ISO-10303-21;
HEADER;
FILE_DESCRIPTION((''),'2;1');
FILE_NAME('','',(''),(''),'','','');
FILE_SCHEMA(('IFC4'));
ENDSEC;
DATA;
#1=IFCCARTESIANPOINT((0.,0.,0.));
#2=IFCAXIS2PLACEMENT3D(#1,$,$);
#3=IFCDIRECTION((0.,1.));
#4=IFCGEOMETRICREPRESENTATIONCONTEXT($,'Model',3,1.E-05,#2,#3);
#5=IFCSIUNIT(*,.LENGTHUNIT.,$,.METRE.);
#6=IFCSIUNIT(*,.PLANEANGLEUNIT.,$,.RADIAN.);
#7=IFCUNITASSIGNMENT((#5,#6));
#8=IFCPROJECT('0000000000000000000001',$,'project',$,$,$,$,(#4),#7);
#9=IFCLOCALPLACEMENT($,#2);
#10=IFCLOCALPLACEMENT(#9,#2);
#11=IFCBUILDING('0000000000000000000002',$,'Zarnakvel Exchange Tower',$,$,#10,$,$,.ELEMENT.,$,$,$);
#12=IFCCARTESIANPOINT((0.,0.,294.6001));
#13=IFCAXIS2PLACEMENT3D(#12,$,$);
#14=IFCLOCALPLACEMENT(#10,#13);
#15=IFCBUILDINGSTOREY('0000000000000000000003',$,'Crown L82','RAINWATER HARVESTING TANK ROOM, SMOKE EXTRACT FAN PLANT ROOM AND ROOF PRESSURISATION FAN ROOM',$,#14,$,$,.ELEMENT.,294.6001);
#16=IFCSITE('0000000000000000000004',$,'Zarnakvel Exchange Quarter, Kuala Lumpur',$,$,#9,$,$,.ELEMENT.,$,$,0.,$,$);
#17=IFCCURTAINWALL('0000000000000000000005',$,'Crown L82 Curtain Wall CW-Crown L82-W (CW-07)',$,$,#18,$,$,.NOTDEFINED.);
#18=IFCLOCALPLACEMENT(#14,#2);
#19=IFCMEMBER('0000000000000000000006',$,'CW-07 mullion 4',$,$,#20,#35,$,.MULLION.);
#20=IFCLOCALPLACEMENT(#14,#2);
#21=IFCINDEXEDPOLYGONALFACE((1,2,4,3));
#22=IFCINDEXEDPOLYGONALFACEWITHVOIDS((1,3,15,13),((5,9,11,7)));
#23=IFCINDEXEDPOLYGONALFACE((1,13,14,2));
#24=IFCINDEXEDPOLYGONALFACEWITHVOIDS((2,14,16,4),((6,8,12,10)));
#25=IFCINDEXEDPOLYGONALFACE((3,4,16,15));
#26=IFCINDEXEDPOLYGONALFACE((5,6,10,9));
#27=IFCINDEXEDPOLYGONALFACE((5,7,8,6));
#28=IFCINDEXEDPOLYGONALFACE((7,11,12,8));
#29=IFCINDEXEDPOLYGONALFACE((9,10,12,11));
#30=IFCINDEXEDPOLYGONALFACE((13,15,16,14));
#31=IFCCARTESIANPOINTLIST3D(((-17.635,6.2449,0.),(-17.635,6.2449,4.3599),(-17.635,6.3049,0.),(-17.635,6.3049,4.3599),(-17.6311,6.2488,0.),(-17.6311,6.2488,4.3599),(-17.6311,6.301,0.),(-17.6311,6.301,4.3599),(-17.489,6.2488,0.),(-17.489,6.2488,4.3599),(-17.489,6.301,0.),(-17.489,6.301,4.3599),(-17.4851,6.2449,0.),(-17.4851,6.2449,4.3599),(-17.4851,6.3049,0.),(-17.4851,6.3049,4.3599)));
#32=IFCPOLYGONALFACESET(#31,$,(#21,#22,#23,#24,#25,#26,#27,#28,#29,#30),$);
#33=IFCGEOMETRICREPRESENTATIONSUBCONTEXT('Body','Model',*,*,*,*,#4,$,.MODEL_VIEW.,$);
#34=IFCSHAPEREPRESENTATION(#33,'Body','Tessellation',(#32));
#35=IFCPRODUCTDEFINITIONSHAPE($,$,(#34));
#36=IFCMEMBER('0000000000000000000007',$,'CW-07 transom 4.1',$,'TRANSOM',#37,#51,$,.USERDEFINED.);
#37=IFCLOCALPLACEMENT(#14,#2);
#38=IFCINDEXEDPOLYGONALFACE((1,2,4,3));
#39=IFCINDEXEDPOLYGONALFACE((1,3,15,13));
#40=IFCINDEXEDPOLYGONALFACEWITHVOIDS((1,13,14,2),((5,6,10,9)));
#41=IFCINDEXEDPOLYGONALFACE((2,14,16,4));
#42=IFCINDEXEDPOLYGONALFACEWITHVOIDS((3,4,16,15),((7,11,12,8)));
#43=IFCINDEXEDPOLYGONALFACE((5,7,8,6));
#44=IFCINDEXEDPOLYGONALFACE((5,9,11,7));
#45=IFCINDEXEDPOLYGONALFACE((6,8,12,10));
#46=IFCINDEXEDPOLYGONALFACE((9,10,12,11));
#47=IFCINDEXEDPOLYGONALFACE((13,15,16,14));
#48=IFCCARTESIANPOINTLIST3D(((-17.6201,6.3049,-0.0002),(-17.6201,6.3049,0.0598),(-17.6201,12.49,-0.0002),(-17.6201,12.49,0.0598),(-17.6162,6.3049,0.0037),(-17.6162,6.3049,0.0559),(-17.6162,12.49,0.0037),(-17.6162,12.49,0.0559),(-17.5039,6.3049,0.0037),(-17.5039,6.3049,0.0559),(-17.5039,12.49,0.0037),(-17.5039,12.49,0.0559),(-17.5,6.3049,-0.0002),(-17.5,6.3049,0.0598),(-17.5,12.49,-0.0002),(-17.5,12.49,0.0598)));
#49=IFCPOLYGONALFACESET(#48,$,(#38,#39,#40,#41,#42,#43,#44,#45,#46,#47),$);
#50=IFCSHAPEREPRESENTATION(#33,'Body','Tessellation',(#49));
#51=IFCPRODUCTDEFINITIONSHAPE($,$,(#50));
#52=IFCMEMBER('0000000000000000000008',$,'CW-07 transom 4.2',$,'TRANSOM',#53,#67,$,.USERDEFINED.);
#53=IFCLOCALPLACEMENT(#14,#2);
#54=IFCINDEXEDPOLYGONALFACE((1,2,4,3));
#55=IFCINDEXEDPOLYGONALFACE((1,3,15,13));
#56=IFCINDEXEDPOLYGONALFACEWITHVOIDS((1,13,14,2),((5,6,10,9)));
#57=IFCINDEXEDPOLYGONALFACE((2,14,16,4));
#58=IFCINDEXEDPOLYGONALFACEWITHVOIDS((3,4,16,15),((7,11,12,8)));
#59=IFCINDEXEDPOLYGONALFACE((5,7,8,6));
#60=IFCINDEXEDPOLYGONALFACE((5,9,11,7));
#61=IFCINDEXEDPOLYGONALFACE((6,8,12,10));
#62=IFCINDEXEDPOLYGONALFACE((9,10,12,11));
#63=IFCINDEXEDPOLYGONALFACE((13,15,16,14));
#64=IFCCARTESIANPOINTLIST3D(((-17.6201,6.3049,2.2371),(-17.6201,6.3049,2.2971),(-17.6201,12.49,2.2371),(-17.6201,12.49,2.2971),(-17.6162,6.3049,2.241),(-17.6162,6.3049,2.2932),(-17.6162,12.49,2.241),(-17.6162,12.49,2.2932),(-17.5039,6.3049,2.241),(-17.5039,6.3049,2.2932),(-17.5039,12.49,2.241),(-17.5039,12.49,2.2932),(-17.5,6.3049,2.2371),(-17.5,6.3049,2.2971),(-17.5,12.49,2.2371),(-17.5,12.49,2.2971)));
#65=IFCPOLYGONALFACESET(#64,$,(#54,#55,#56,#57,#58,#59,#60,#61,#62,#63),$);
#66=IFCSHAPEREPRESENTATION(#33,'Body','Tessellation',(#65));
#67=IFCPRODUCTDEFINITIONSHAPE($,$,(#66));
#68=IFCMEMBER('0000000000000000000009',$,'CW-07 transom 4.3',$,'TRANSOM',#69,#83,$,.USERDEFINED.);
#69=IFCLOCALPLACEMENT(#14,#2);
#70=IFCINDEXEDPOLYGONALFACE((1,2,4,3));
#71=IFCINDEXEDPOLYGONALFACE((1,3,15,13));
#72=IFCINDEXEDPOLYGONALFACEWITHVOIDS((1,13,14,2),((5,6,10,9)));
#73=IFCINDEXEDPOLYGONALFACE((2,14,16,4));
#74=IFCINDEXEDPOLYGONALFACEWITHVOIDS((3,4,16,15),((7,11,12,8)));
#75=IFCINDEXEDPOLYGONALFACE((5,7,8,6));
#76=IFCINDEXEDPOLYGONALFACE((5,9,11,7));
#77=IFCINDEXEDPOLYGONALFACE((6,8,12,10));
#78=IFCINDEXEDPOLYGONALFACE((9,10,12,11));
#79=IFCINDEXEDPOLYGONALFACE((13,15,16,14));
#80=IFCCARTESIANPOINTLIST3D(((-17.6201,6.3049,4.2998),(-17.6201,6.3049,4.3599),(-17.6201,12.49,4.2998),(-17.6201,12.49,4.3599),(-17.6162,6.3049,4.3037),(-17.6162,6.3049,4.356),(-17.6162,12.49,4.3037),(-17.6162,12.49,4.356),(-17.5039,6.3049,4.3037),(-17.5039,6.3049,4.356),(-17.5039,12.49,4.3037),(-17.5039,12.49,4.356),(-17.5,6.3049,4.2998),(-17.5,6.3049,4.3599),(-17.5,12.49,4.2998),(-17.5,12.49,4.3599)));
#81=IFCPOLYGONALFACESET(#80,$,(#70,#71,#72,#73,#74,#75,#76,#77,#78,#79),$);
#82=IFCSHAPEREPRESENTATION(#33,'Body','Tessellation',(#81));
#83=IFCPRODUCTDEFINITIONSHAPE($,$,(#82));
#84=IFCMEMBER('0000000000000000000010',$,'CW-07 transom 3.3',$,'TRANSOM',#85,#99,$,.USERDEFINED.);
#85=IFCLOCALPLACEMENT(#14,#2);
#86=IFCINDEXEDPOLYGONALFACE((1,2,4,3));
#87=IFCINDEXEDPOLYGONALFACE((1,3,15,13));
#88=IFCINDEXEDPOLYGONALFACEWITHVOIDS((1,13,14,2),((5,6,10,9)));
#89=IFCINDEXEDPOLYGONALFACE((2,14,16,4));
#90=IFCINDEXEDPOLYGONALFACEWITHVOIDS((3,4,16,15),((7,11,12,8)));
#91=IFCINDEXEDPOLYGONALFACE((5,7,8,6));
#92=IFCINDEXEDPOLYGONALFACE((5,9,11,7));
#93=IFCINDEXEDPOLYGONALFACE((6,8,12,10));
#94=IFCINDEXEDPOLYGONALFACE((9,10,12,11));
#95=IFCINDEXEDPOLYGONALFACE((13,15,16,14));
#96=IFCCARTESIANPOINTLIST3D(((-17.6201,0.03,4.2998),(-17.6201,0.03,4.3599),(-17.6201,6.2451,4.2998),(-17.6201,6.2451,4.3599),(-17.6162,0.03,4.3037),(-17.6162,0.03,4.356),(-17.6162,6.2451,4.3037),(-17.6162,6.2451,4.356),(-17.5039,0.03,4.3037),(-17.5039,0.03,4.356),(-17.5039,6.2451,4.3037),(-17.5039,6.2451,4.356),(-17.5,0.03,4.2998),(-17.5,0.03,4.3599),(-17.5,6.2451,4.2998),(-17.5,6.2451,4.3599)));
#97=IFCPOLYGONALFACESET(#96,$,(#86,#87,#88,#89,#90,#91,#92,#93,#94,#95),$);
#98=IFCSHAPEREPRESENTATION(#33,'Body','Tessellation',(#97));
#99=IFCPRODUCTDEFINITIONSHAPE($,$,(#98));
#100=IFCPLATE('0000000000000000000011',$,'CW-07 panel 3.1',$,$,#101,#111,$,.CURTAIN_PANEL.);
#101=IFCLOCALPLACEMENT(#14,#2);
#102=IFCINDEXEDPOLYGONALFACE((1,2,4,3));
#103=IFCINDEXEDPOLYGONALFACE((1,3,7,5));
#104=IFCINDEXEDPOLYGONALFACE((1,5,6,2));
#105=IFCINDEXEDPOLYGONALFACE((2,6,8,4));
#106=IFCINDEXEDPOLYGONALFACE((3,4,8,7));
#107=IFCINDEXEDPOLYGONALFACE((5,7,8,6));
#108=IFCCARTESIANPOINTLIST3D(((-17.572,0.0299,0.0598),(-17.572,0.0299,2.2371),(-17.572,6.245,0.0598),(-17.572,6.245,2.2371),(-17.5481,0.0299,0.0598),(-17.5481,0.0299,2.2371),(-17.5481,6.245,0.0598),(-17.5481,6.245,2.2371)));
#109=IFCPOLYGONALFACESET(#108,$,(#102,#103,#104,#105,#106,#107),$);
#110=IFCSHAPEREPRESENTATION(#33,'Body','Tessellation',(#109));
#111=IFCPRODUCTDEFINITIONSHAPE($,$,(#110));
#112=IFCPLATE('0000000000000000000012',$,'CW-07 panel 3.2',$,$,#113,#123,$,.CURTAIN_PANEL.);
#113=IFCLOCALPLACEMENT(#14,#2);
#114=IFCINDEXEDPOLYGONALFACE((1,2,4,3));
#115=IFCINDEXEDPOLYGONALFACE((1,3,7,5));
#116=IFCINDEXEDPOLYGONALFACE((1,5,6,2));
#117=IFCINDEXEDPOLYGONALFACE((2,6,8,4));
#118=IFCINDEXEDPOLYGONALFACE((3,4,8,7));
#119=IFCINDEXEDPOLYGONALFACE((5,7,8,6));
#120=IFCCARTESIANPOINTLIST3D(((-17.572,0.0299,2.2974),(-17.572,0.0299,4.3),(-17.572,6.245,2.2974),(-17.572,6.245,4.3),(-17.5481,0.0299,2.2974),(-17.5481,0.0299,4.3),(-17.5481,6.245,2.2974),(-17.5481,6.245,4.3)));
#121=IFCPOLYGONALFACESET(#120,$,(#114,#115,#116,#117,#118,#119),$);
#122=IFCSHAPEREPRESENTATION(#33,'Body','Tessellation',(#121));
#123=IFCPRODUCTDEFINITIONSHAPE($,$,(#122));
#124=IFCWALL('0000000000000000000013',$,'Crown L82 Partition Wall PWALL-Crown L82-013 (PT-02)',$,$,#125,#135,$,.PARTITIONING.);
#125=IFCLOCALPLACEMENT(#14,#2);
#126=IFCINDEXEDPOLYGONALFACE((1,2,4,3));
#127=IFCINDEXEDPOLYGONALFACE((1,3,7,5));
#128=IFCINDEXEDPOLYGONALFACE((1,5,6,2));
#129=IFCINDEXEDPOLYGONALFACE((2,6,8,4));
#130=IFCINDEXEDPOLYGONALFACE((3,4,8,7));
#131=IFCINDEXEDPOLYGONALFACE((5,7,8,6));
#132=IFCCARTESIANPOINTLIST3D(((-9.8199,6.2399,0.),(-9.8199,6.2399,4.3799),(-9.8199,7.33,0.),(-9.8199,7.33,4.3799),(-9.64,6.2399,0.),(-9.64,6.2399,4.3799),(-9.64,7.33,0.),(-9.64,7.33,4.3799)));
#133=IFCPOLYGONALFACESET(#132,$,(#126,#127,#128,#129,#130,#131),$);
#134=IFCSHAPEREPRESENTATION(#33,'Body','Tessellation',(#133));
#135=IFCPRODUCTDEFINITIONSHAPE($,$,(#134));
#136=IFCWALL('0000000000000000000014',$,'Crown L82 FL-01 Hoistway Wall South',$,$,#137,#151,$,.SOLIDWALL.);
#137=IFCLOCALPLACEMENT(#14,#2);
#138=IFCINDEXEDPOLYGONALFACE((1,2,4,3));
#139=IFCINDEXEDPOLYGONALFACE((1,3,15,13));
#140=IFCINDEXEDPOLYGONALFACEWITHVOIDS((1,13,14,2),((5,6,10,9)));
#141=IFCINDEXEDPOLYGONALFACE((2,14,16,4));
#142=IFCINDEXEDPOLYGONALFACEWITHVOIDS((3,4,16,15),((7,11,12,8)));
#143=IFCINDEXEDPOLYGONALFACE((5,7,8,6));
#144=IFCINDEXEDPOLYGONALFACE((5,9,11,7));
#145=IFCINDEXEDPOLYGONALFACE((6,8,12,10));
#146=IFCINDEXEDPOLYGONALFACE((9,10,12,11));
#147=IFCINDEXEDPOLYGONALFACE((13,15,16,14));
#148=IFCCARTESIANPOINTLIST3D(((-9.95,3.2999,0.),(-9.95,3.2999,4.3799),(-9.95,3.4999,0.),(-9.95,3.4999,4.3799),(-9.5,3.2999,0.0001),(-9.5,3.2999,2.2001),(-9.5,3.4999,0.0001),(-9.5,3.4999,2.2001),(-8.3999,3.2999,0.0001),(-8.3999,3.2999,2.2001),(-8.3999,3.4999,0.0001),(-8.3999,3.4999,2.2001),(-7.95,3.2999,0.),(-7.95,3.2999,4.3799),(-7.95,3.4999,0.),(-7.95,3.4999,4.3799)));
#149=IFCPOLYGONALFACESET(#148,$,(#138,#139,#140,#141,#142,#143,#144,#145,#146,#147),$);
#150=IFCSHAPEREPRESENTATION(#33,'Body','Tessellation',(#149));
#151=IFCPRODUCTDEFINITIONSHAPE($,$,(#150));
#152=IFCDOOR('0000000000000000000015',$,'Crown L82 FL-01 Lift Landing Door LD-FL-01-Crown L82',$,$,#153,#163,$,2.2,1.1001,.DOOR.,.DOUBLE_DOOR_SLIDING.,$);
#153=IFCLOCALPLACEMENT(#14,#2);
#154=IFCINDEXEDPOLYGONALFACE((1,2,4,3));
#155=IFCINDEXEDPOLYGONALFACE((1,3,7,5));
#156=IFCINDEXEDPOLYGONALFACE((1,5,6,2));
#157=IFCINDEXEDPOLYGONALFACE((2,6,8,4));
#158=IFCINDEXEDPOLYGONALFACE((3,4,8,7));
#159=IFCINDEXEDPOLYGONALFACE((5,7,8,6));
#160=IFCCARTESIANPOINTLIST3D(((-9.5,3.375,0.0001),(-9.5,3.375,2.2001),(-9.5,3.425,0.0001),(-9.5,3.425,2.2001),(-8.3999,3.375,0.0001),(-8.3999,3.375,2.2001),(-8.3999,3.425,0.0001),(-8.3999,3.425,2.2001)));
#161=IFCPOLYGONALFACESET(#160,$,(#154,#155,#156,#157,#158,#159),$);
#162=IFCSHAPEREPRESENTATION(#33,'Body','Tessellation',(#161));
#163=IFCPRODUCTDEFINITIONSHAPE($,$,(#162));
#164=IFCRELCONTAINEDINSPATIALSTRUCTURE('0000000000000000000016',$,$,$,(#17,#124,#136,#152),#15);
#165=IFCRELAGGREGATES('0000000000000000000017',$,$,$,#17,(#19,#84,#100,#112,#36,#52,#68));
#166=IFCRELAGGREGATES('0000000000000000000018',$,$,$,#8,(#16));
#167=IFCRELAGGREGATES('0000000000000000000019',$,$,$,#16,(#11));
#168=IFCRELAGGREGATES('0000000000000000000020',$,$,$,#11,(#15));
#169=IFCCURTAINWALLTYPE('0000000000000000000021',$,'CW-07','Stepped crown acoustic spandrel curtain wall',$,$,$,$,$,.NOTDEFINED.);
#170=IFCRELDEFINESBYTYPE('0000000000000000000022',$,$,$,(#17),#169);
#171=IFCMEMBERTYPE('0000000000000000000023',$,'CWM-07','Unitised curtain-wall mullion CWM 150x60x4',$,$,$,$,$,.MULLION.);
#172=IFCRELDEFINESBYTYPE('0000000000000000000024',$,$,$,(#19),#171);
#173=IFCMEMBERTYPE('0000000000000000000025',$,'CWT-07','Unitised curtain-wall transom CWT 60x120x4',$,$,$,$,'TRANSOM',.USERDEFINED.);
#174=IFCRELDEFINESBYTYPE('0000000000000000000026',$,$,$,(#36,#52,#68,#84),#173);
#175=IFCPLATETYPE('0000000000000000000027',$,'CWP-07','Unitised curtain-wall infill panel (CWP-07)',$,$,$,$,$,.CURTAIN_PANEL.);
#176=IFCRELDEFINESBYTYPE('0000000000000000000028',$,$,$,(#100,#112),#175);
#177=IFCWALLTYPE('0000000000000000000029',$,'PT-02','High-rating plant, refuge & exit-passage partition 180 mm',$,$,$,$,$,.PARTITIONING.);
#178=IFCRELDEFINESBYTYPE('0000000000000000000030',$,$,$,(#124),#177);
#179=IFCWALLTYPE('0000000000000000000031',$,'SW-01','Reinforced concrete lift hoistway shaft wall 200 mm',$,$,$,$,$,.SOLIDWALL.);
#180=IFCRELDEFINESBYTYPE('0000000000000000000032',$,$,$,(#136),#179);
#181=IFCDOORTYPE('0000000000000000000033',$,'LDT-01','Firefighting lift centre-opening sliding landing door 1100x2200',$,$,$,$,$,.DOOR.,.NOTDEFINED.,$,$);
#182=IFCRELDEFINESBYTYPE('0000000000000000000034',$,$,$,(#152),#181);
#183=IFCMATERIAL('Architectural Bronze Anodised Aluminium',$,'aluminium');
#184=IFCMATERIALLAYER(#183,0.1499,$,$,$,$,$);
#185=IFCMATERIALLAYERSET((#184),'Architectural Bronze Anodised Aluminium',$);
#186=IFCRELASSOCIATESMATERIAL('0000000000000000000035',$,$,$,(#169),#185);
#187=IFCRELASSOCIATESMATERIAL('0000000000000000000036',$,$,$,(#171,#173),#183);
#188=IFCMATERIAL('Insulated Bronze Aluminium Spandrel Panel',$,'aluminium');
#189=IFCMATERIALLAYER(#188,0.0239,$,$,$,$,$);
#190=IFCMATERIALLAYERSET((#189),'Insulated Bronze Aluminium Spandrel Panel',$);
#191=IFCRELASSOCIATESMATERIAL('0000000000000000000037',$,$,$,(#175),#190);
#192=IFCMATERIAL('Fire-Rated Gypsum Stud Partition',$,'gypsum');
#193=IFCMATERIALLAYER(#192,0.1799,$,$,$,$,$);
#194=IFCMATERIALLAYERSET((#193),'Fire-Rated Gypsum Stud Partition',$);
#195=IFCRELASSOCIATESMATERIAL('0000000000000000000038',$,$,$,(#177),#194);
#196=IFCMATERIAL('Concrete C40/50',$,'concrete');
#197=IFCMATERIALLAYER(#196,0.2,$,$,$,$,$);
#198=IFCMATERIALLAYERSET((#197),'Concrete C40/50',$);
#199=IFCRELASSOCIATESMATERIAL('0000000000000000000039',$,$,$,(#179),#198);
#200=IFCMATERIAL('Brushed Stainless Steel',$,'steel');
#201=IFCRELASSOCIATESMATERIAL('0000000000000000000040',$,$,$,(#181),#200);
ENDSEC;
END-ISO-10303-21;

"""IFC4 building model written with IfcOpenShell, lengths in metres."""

from ifc_helpers import new_model, si_unit, direction, frame, frame_2d, origin, origin_2d, place, context, subcontext, project, spatial, rectangle, hollow_rectangle, extrude, source, transform, mapped, material, layer, layer_set, material_profile, profile_set, type_object, element, fill, aggregate, save


model = new_model("IFC4")

# Units and contexts
model_context = context("Model", 3, precision=1e-05, world=origin(), true_north=direction((0.0, 1.0)))
body_context = subcontext(model_context, "Body", "Model", "MODEL_VIEW")
ifc_project = project(units=[si_unit("LENGTHUNIT", "METRE"), si_unit("PLANEANGLEUNIT", "RADIAN")], contexts=[model_context])

# Site, building, storey
site_placement = place(None, origin())
site = spatial("IfcSite", under=ifc_project, at=site_placement, Name="Zarnakvel Exchange Quarter, Kuala Lumpur", CompositionType="ELEMENT", RefElevation=0.0)
building_placement = place(site_placement, origin())
building = spatial("IfcBuilding", under=site, at=building_placement, Name="Zarnakvel Exchange Tower", CompositionType="ELEMENT")
storey_placement = place(building_placement, frame((0.0, 0.0, 294.6001)))
storey = spatial("IfcBuildingStorey", under=building, at=storey_placement, Name="Crown L82", Description="RAINWATER HARVESTING TANK ROOM, SMOKE EXTRACT FAN PLANT ROOM AND ROOF PRESSURISATION FAN ROOM", CompositionType="ELEMENT", Elevation=294.6001)

# Curtain wall, members, plates
ifc_material_1 = material(Name="Architectural Bronze Anodised Aluminium", Category="aluminium")
ifc_layer_1 = layer(ifc_material_1, 0.1499)
ifc_layer_set_1 = layer_set([ifc_layer_1], Name="Architectural Bronze Anodised Aluminium")
curtain_wall_type = type_object("IfcCurtainWallType", Name="CW-07", Description="Stepped crown acoustic spandrel curtain wall", PredefinedType="NOTDEFINED", material=ifc_layer_set_1)
curtain_wall_placement = place(storey_placement, origin())
curtain_wall = element("IfcCurtainWall", 1, at=curtain_wall_placement, inside=storey, type_object=curtain_wall_type, Name="Crown L82 Curtain Wall CW-Crown L82-W (CW-07)", PredefinedType="NOTDEFINED")
ifc_material_profile_1 = material_profile(ifc_material_1, hollow_rectangle(XDim=0.1499, YDim=0.0601, WallThickness=0.0039, at=origin_2d()))
ifc_profile_set_1 = profile_set([ifc_material_profile_1], Name="Architectural Bronze Anodised Aluminium")
member_type_1 = type_object("IfcMemberType", Name="CWM-07", Description="Unitised curtain-wall mullion CWM 150x60x4", PredefinedType="MULLION", material=ifc_profile_set_1)
shared_shape_1 = source(origin(), body_context, "Body", "SweptSolid", [
    extrude(hollow_rectangle(XDim=0.1499, YDim=0.0601, WallThickness=0.0039, at=origin_2d()), origin(), (0.0, 0.0, 1.0), 4.3599),
])
member_1_placement = place(storey_placement, frame((-17.5601, 6.2749, 0.0), z_axis=(0.0, 0.0, 1.0), x_axis=(-1.0, 0.0, 0.0)))
member_1 = element("IfcMember", 2, at=member_1_placement, type_object=member_type_1, Name="CW-07 mullion 4", PredefinedType="MULLION", context=body_context, shape_type="MappedRepresentation", body=[
    mapped(shared_shape_1, transform((0.0, 0.0, 0.0), x_axis=(1.0, 0.0, 0.0), y_axis=(0.0, 1.0, 0.0), z_axis=(0.0, 0.0, 1.0), scale=1.0)),
])
ifc_material_profile_2 = material_profile(ifc_material_1, hollow_rectangle(XDim=0.1201, YDim=0.0601, WallThickness=0.0039, at=origin_2d()))
ifc_profile_set_2 = profile_set([ifc_material_profile_2], Name="Architectural Bronze Anodised Aluminium")
member_type_2 = type_object("IfcMemberType", Name="CWT-07", Description="Unitised curtain-wall transom CWT 60x120x4", ElementType="TRANSOM", PredefinedType="USERDEFINED", material=ifc_profile_set_2)
shared_shape_2 = source(origin(), body_context, "Body", "SweptSolid", [
    extrude(hollow_rectangle(XDim=0.1201, YDim=0.0601, WallThickness=0.0039, at=origin_2d()), origin(), (0.0, 0.0, 1.0), 6.1851),
])
member_2_placement = place(storey_placement, frame((-17.5601, 6.3049, 0.0298), z_axis=(0.0, 1.0, 0.0), x_axis=(-1.0, 0.0, 0.0)))
member_2 = element("IfcMember", 3, at=member_2_placement, type_object=member_type_2, Name="CW-07 transom 4.1", ObjectType="TRANSOM", PredefinedType="USERDEFINED", context=body_context, shape_type="MappedRepresentation", body=[
    mapped(shared_shape_2, transform((0.0, 0.0, 0.0), x_axis=(1.0, 0.0, 0.0), y_axis=(0.0, 1.0, 0.0), z_axis=(0.0, 0.0, 1.0), scale=1.0)),
])
member_3_placement = place(storey_placement, frame((-17.5601, 6.3049, 2.2671), z_axis=(0.0, 1.0, 0.0), x_axis=(-1.0, 0.0, 0.0)))
member_3 = element("IfcMember", 4, at=member_3_placement, type_object=member_type_2, Name="CW-07 transom 4.2", ObjectType="TRANSOM", PredefinedType="USERDEFINED", context=body_context, shape_type="MappedRepresentation", body=[
    mapped(shared_shape_2, transform((0.0, 0.0, 0.0), x_axis=(1.0, 0.0, 0.0), y_axis=(0.0, 1.0, 0.0), z_axis=(0.0, 0.0, 1.0), scale=1.0)),
])
member_4_placement = place(storey_placement, frame((-17.5601, 6.3049, 4.3298), z_axis=(0.0, 1.0, 0.0), x_axis=(-1.0, 0.0, 0.0)))
member_4 = element("IfcMember", 5, at=member_4_placement, type_object=member_type_2, Name="CW-07 transom 4.3", ObjectType="TRANSOM", PredefinedType="USERDEFINED", context=body_context, shape_type="MappedRepresentation", body=[
    mapped(shared_shape_2, transform((0.0, 0.0, 0.0), x_axis=(1.0, 0.0, 0.0), y_axis=(0.0, 1.0, 0.0), z_axis=(0.0, 0.0, 1.0), scale=1.0)),
])
shared_shape_3 = source(origin(), body_context, "Body", "SweptSolid", [
    extrude(hollow_rectangle(XDim=0.1201, YDim=0.0601, WallThickness=0.0039, at=origin_2d()), origin(), (0.0, 0.0, 1.0), 6.2151),
])
member_5_placement = place(storey_placement, frame((-17.5601, 0.03, 4.3298), z_axis=(0.0, 1.0, 0.0), x_axis=(-1.0, 0.0, 0.0)))
member_5 = element("IfcMember", 6, at=member_5_placement, type_object=member_type_2, Name="CW-07 transom 3.3", ObjectType="TRANSOM", PredefinedType="USERDEFINED", context=body_context, shape_type="MappedRepresentation", body=[
    mapped(shared_shape_3, transform((0.0, 0.0, 0.0), x_axis=(1.0, 0.0, 0.0), y_axis=(0.0, 1.0, 0.0), z_axis=(0.0, 0.0, 1.0), scale=1.0)),
])
ifc_material_2 = material(Name="Insulated Bronze Aluminium Spandrel Panel", Category="aluminium")
ifc_layer_2 = layer(ifc_material_2, 0.0239)
ifc_layer_set_2 = layer_set([ifc_layer_2], Name="Insulated Bronze Aluminium Spandrel Panel")
plate_type = type_object("IfcPlateType", Name="CWP-07", Description="Unitised curtain-wall infill panel (CWP-07)", PredefinedType="CURTAIN_PANEL", material=ifc_layer_set_2)
shared_shape_4 = source(origin(), body_context, "Body", "SweptSolid", [
    extrude(rectangle(XDim=6.2151, YDim=0.0239, at=origin_2d()), origin(), (0.0, 0.0, 1.0), 2.1772),
])
plate_1_placement = place(storey_placement, frame((-17.5601, 3.1375, 0.0598), z_axis=(0.0, 0.0, 1.0), x_axis=(0.0, 1.0, 0.0)))
plate_1 = element("IfcPlate", 7, at=plate_1_placement, type_object=plate_type, Name="CW-07 panel 3.1", PredefinedType="CURTAIN_PANEL", context=body_context, shape_type="MappedRepresentation", body=[
    mapped(shared_shape_4, transform((0.0, 0.0, 0.0), x_axis=(1.0, 0.0, 0.0), y_axis=(0.0, 1.0, 0.0), z_axis=(0.0, 0.0, 1.0), scale=1.0)),
])
shared_shape_5 = source(origin(), body_context, "Body", "SweptSolid", [
    extrude(rectangle(XDim=6.2151, YDim=0.0239, at=origin_2d()), origin(), (0.0, 0.0, 1.0), 2.0027),
])
plate_2_placement = place(storey_placement, frame((-17.5601, 3.1375, 2.2974), z_axis=(0.0, 0.0, 1.0), x_axis=(0.0, 1.0, 0.0)))
plate_2 = element("IfcPlate", 8, at=plate_2_placement, type_object=plate_type, Name="CW-07 panel 3.2", PredefinedType="CURTAIN_PANEL", context=body_context, shape_type="MappedRepresentation", body=[
    mapped(shared_shape_5, transform((0.0, 0.0, 0.0), x_axis=(1.0, 0.0, 0.0), y_axis=(0.0, 1.0, 0.0), z_axis=(0.0, 0.0, 1.0), scale=1.0)),
])
aggregate(curtain_wall, [member_1, member_5, plate_1, plate_2, member_2, member_3, member_4])

# Wall
ifc_material_3 = material(Name="Fire-Rated Gypsum Stud Partition", Category="gypsum")
ifc_layer_3 = layer(ifc_material_3, 0.1799)
ifc_layer_set_3 = layer_set([ifc_layer_3], Name="Fire-Rated Gypsum Stud Partition")
wall_type_1 = type_object("IfcWallType", Name="PT-02", Description="High-rating plant, refuge & exit-passage partition 180 mm", PredefinedType="PARTITIONING", material=ifc_layer_set_3)
wall_1_placement = place(storey_placement, frame((-9.73, 6.24, 0.0), z_axis=(0.0, 0.0, 1.0), x_axis=(0.0, 1.0, 0.0)))
element("IfcWall", 9, at=wall_1_placement, inside=storey, type_object=wall_type_1, Name="Crown L82 Partition Wall PWALL-Crown L82-013 (PT-02)", PredefinedType="PARTITIONING", context=body_context, shape_type="SweptSolid", body=[
    extrude(rectangle(XDim=1.0901, YDim=0.1799, at=frame_2d((0.5449, 0.0))), origin(), (0.0, 0.0, 1.0), 4.3799),
])

# Wall, opening, door
ifc_material_4 = material(Name="Concrete C40/50", Category="concrete")
ifc_layer_4 = layer(ifc_material_4, 0.2)
ifc_layer_set_4 = layer_set([ifc_layer_4], Name="Concrete C40/50")
wall_type_2 = type_object("IfcWallType", Name="SW-01", Description="Reinforced concrete lift hoistway shaft wall 200 mm", PredefinedType="SOLIDWALL", material=ifc_layer_set_4)
wall_2_placement = place(storey_placement, frame((-7.95, 3.3999, 0.0), z_axis=(0.0, 0.0, 1.0), x_axis=(-1.0, 0.0, 0.0)))
wall_2 = element("IfcWall", 10, at=wall_2_placement, inside=storey, type_object=wall_type_2, Name="Crown L82 FL-01 Hoistway Wall South", PredefinedType="SOLIDWALL", context=body_context, shape_type="SweptSolid", body=[
    extrude(rectangle(XDim=2.0, YDim=0.2, at=frame_2d((1.0, 0.0))), origin(), (0.0, 0.0, 1.0), 4.3799),
])
opening_1_placement = place(wall_2_placement, frame((0.45, 0.0, 0.0)))
opening_1 = element("IfcOpeningElement", 11, at=opening_1_placement, cuts=wall_2, PredefinedType="OPENING", context=body_context, shape_type="SweptSolid", body=[
    extrude(rectangle(XDim=1.1001, YDim=2.2, at=frame_2d((0.55, 1.1001))), frame((0.0, 0.1099, 0.0), z_axis=(0.0, -1.0, 0.0), x_axis=(1.0, 0.0, 0.0)), (0.0, 0.0, 1.0), 0.22),
])
ifc_material_5 = material(Name="Brushed Stainless Steel", Category="steel")
door_type_1 = type_object("IfcDoorType", Name="LDT-01", Description="Firefighting lift centre-opening sliding landing door 1100x2200", OperationType="NOTDEFINED", PredefinedType="DOOR", material=ifc_material_5)
shared_shape_6 = source(origin(), body_context, "Body", "SweptSolid", [
    extrude(rectangle(XDim=1.1001, YDim=2.2, at=frame_2d((0.55, 1.1001))), frame((0.0, 0.0249, 0.0), z_axis=(0.0, -1.0, 0.0), x_axis=(1.0, 0.0, 0.0)), (0.0, 0.0, 1.0), 0.05),
])
door_1_placement = place(opening_1_placement, origin())
door_1 = element("IfcDoor", 12, at=door_1_placement, inside=storey, type_object=door_type_1, Name="Crown L82 FL-01 Lift Landing Door LD-FL-01-Crown L82", OperationType="DOUBLE_DOOR_SLIDING", OverallHeight=2.2, OverallWidth=1.1001, PredefinedType="DOOR", context=body_context, shape_type="MappedRepresentation", body=[
    mapped(shared_shape_6, transform((0.0, 0.0, 0.0), x_axis=(1.0, 0.0, 0.0), y_axis=(0.0, 1.0, 0.0), z_axis=(0.0, 0.0, 1.0), scale=1.0)),
])
fill(opening_1, door_1)

save(model, "model.ifc")
